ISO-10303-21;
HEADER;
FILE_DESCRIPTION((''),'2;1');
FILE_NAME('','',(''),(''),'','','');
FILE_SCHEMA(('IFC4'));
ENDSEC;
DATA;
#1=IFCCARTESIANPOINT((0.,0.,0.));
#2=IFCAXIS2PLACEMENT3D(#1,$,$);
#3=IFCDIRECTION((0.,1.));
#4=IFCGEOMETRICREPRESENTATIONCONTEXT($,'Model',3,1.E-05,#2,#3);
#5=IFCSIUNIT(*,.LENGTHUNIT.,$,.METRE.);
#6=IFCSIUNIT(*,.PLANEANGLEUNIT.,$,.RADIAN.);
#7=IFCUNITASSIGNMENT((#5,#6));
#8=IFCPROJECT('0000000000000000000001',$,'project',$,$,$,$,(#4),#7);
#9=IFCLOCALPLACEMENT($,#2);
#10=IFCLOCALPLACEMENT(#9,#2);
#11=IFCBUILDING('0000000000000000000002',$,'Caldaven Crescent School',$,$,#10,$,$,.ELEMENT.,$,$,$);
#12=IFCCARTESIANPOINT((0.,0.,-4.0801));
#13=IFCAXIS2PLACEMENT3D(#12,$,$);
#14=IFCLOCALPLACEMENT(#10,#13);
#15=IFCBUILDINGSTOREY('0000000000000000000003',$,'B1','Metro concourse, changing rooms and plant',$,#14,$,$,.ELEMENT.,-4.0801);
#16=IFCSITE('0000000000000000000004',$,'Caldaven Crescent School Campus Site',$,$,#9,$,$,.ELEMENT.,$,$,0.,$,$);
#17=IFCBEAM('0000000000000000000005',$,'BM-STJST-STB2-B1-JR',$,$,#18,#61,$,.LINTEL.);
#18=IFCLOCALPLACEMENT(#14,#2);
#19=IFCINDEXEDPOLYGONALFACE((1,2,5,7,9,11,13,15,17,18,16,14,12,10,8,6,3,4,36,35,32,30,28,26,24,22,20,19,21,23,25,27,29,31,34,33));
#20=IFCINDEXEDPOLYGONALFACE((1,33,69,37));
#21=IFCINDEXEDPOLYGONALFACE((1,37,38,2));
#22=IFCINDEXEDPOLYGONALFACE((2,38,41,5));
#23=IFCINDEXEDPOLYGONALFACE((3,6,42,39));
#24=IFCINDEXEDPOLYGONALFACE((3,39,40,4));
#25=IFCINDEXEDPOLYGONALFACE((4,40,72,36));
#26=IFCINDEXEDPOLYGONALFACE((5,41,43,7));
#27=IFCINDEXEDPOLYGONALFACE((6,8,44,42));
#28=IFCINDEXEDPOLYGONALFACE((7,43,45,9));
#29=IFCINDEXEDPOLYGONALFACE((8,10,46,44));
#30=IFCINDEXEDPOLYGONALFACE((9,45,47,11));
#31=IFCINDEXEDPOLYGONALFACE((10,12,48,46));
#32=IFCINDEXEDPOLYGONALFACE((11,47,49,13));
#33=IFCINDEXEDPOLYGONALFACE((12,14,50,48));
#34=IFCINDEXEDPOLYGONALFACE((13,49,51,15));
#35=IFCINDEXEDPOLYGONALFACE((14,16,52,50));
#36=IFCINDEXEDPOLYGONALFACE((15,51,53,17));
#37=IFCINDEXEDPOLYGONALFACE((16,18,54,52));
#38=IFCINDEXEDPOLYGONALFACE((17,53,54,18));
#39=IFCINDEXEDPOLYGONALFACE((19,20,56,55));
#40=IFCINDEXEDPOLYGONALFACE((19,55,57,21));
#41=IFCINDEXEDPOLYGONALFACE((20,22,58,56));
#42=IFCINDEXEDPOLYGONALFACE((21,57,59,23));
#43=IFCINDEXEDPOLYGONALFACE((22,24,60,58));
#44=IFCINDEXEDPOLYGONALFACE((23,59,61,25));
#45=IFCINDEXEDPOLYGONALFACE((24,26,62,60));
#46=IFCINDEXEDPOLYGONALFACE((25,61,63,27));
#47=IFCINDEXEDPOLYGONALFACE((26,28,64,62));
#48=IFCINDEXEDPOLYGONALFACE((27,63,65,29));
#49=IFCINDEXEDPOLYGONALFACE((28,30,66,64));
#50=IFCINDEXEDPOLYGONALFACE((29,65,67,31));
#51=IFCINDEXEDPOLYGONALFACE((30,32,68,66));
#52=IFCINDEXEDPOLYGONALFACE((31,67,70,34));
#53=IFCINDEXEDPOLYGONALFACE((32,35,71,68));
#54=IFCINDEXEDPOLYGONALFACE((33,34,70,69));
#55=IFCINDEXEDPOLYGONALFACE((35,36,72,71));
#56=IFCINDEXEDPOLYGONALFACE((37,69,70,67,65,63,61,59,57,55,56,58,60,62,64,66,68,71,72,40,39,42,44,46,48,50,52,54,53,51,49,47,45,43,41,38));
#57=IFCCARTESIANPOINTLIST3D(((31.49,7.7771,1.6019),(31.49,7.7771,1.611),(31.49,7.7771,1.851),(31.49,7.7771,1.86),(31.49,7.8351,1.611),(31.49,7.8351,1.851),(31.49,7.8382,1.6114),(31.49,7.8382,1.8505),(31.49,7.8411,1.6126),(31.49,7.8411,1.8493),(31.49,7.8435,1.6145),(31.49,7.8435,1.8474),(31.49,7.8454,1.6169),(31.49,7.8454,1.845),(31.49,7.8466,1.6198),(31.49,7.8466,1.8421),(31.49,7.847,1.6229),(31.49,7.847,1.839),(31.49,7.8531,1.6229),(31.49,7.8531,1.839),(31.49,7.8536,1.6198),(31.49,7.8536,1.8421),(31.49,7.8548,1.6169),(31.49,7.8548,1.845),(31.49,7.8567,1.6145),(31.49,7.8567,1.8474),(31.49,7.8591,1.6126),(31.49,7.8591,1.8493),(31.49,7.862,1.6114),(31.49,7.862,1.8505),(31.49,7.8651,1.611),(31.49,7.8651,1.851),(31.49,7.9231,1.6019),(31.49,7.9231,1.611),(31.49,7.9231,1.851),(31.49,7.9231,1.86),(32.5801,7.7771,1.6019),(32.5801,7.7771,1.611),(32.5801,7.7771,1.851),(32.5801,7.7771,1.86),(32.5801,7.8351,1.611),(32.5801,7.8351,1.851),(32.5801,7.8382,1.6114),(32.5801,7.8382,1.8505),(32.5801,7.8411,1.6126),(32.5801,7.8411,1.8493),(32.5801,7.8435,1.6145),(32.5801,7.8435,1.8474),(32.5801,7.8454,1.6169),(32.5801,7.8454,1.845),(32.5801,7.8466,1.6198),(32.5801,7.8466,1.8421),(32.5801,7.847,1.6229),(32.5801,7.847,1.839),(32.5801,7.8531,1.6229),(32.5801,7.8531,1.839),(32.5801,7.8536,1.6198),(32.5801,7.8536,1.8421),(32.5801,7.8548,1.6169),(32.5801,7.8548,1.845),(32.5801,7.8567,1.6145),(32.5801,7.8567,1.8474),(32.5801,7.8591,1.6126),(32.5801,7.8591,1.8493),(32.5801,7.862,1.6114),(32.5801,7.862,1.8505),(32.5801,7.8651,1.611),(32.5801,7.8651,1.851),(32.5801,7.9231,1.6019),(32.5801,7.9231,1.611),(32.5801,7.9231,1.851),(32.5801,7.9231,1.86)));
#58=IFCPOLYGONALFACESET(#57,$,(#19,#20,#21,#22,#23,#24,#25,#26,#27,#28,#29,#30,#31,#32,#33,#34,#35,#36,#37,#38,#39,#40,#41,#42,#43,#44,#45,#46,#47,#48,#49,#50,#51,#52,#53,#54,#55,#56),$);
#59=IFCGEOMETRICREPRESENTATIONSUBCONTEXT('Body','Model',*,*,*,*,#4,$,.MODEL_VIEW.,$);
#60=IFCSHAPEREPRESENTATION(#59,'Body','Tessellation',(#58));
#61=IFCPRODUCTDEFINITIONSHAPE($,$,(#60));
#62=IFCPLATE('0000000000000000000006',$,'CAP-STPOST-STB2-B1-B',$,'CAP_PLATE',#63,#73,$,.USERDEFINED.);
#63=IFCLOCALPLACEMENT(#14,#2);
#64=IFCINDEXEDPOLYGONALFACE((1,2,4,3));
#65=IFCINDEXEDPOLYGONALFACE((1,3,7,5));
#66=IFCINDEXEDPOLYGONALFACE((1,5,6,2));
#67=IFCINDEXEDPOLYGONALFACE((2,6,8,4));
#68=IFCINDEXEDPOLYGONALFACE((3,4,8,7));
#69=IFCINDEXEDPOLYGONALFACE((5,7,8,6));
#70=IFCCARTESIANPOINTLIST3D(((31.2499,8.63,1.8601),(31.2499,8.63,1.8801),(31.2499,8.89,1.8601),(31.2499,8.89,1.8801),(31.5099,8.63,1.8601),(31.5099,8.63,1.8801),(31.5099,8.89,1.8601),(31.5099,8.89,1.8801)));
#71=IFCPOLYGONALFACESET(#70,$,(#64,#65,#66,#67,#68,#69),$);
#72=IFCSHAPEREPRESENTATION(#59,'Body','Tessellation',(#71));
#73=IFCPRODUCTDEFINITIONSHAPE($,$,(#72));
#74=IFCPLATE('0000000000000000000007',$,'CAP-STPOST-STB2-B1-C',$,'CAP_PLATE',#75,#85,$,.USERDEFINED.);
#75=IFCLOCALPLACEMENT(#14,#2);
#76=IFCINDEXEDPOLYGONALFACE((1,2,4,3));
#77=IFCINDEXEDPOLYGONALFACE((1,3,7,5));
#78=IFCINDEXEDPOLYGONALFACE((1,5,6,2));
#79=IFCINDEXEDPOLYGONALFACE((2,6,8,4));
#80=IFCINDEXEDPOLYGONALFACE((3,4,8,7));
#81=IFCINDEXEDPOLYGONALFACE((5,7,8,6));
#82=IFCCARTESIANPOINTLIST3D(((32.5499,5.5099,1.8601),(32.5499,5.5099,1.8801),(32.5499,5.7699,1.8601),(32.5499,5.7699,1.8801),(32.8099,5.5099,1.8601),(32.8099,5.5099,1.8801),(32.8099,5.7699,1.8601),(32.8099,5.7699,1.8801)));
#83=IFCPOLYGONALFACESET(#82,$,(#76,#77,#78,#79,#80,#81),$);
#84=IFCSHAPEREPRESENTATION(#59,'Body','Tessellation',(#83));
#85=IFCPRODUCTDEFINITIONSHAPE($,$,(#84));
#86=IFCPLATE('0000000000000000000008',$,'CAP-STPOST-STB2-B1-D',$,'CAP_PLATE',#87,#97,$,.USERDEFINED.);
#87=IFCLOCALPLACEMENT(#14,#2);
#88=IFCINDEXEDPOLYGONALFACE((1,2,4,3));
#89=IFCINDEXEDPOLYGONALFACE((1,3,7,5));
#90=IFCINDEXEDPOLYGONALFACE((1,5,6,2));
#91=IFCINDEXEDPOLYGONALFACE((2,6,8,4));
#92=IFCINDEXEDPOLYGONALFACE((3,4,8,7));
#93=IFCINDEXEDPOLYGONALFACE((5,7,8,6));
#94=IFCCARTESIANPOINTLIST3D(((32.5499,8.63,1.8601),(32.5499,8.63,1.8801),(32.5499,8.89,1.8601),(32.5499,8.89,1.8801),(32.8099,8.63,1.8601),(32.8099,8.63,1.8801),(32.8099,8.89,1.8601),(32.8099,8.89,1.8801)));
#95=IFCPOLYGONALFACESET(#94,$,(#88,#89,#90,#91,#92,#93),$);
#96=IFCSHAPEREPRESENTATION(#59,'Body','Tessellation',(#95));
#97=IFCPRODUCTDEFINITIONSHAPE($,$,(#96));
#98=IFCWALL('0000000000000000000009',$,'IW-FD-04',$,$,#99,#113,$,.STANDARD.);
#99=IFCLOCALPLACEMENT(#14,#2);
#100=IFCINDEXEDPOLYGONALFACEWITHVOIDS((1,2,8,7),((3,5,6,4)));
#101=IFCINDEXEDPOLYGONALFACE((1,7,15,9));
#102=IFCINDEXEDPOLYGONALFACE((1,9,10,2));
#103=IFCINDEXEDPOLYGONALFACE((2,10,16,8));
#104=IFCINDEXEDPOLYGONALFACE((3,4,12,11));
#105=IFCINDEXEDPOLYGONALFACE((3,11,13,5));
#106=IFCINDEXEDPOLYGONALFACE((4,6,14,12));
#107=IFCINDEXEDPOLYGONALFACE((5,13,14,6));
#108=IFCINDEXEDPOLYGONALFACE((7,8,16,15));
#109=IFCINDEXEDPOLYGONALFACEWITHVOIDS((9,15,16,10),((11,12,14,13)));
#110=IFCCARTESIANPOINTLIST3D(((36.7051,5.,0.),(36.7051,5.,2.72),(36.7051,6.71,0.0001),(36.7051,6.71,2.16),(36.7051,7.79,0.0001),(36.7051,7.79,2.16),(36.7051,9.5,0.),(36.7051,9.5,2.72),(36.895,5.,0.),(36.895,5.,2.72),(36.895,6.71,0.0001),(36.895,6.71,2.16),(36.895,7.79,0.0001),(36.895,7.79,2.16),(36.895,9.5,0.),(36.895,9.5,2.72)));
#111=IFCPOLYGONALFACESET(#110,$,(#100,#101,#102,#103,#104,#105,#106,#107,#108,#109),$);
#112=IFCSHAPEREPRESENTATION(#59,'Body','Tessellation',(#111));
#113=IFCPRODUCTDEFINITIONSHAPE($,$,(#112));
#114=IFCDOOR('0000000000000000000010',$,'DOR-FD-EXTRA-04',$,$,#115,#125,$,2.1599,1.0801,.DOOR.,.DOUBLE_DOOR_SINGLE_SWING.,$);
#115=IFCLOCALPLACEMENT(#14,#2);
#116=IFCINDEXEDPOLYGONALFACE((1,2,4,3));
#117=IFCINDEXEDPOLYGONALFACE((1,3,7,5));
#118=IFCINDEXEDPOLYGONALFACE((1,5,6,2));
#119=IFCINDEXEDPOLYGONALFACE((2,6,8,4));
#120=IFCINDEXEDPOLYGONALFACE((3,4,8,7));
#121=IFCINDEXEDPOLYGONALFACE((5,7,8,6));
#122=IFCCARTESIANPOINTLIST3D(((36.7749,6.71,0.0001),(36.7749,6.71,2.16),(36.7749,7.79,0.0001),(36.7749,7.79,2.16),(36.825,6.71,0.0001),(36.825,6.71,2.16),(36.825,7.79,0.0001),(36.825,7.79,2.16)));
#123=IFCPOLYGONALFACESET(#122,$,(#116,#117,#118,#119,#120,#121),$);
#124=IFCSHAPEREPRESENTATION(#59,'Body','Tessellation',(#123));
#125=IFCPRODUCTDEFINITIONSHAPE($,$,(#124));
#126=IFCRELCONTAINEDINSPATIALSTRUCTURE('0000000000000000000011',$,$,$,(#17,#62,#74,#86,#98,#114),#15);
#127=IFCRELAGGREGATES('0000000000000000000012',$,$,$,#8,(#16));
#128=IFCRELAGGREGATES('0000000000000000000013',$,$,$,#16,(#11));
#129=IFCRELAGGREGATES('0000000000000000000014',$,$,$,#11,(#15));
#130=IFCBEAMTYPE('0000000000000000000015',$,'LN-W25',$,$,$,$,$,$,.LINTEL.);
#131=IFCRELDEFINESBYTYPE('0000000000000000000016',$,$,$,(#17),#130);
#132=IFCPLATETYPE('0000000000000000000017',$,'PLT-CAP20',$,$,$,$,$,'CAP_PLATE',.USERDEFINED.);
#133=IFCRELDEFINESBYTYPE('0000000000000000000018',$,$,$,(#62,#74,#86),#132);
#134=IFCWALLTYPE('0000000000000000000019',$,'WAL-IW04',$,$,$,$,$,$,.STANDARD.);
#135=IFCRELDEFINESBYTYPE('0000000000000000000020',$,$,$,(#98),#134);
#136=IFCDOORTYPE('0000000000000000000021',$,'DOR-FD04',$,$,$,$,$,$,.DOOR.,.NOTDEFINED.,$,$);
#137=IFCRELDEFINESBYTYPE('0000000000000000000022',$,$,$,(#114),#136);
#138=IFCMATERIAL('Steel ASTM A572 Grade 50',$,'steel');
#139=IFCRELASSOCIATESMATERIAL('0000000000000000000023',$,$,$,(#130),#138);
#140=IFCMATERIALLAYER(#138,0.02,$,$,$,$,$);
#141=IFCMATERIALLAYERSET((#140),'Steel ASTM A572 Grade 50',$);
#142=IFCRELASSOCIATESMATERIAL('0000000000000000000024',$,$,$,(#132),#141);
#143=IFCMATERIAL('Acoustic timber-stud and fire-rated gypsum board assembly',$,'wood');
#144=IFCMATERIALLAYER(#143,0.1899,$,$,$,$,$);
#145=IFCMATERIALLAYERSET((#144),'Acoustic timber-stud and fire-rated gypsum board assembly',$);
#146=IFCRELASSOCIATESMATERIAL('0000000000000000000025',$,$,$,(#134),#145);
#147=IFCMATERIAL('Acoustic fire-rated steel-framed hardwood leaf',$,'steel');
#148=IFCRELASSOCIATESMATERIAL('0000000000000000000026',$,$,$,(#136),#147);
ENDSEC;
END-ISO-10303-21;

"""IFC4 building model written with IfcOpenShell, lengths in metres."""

from ifc_helpers import new_model, si_unit, direction, frame, frame_2d, origin, origin_2d, place, context, subcontext, project, spatial, rectangle, i_section, extrude, material, layer, layer_set, material_profile, profile_set, type_object, element, fill, save


model = new_model("IFC4")

# Units and contexts
model_context = context("Model", 3, precision=1e-05, world=origin(), true_north=direction((0.0, 1.0)))
body_context = subcontext(model_context, "Body", "Model", "MODEL_VIEW")
ifc_project = project(units=[si_unit("LENGTHUNIT", "METRE"), si_unit("PLANEANGLEUNIT", "RADIAN")], contexts=[model_context])

# Site, building, storey
site_placement = place(None, origin())
site = spatial("IfcSite", under=ifc_project, at=site_placement, Name="Caldaven Crescent School Campus Site", CompositionType="ELEMENT", RefElevation=0.0)
building_placement = place(site_placement, origin())
building = spatial("IfcBuilding", under=site, at=building_placement, Name="Caldaven Crescent School", CompositionType="ELEMENT")
storey_placement = place(building_placement, frame((0.0, 0.0, -4.0801)))
storey = spatial("IfcBuildingStorey", under=building, at=storey_placement, Name="B1", Description="Metro concourse, changing rooms and plant", CompositionType="ELEMENT", Elevation=-4.0801)

# Shared definitions
ifc_material_1 = material(Name="Steel ASTM A572 Grade 50", Category="steel")

# Beam
ifc_material_profile_1 = material_profile(ifc_material_1, i_section(OverallWidth=0.146, OverallDepth=0.2581, WebThickness=0.0061, FlangeThickness=0.009, FilletRadius=0.012, at=origin_2d()), Name="W250x33")
ifc_profile_set_1 = profile_set([ifc_material_profile_1], Name="Steel ASTM A572 Grade 50")
beam_type_1 = type_object("IfcBeamType", Name="LN-W25", PredefinedType="LINTEL", material=ifc_profile_set_1)
for number, where, z_axis, x_axis, name in (
    (1, (31.49, 7.8501, 1.731), (1.0, 0.0, 0.0), (0.0, 1.0, 0.0), "BM-STJST-STB2-B1-JR"),
):
    element("IfcBeam", number, at=place(storey_placement, frame(where, z_axis=z_axis, x_axis=x_axis)), inside=storey, type_object=beam_type_1, Name=name, PredefinedType="LINTEL", context=body_context, shape_type="SweptSolid", body=[
        extrude(i_section(OverallWidth=0.146, OverallDepth=0.2581, WebThickness=0.0061, FlangeThickness=0.009, FilletRadius=0.012, at=origin_2d()), origin(), (0.0, 0.0, 1.0), 1.0901),
    ])

# Plates
ifc_layer_1 = layer(ifc_material_1, 0.02)
ifc_layer_set_1 = layer_set([ifc_layer_1], Name="Steel ASTM A572 Grade 50")
plate_type = type_object("IfcPlateType", Name="PLT-CAP20", ElementType="CAP_PLATE", PredefinedType="USERDEFINED", material=ifc_layer_set_1)
for number, where, z_axis, x_axis, name in (
    (2, (31.3799, 8.76, 1.8601), (0.0, 0.0, 1.0), (1.0, 0.0, 0.0), "CAP-STPOST-STB2-B1-B"),
    (3, (32.6799, 5.6399, 1.8601), (0.0, 0.0, 1.0), (1.0, 0.0, 0.0), "CAP-STPOST-STB2-B1-C"),
    (4, (32.6799, 8.76, 1.8601), (0.0, 0.0, 1.0), (1.0, 0.0, 0.0), "CAP-STPOST-STB2-B1-D"),
):
    element("IfcPlate", number, at=place(storey_placement, frame(where, z_axis=z_axis, x_axis=x_axis)), inside=storey, type_object=plate_type, Name=name, ObjectType="CAP_PLATE", PredefinedType="USERDEFINED", context=body_context, shape_type="SweptSolid", body=[
        extrude(rectangle(XDim=0.26, YDim=0.26, at=origin_2d()), origin(), (0.0, 0.0, 1.0), 0.02),
    ])

# Wall, opening, door
ifc_material_2 = material(Name="Acoustic timber-stud and fire-rated gypsum board assembly", Category="wood")
ifc_layer_2 = layer(ifc_material_2, 0.1899)
ifc_layer_set_2 = layer_set([ifc_layer_2], Name="Acoustic timber-stud and fire-rated gypsum board assembly")
wall_type = type_object("IfcWallType", Name="WAL-IW04", PredefinedType="STANDARD", material=ifc_layer_set_2)
wall_placement = place(storey_placement, frame((36.8, 5.0, 0.0), z_axis=(0.0, 0.0, 1.0), x_axis=(0.0, 1.0, 0.0)))
wall = element("IfcWall", 5, at=wall_placement, inside=storey, type_object=wall_type, Name="IW-FD-04", PredefinedType="STANDARD", context=body_context, shape_type="SweptSolid", body=[
    extrude(rectangle(XDim=4.5, YDim=0.1899, at=frame_2d((2.25, 0.0))), origin(), (0.0, 0.0, 1.0), 2.72),
])
opening_placement = place(wall_placement, frame((1.71, 0.0, 0.0)))
opening = element("IfcOpeningElement", 6, at=opening_placement, cuts=wall, PredefinedType="OPENING", context=body_context, shape_type="SweptSolid", body=[
    extrude(rectangle(XDim=1.0801, YDim=2.1599, at=frame_2d((0.54, 1.0801))), frame((0.0, 0.105, 0.0), z_axis=(0.0, -1.0, 0.0), x_axis=(1.0, 0.0, 0.0)), (0.0, 0.0, 1.0), 0.21),
])
ifc_material_3 = material(Name="Acoustic fire-rated steel-framed hardwood leaf", Category="steel")
door_type = type_object("IfcDoorType", Name="DOR-FD04", OperationType="NOTDEFINED", PredefinedType="DOOR", material=ifc_material_3)
door_placement = place(opening_placement, frame((1.0801, 0.0, 0.0), z_axis=(0.0, 0.0, 1.0), x_axis=(-1.0, 0.0, 0.0)))
door = element("IfcDoor", 7, at=door_placement, inside=storey, type_object=door_type, Name="DOR-FD-EXTRA-04", OperationType="DOUBLE_DOOR_SINGLE_SWING", OverallHeight=2.1599, OverallWidth=1.0801, PredefinedType="DOOR", context=body_context, shape_type="SweptSolid", body=[
    extrude(rectangle(XDim=1.0801, YDim=2.1599, at=frame_2d((0.54, 1.0801))), frame((0.0, 0.0249, 0.0), z_axis=(0.0, -1.0, 0.0), x_axis=(1.0, 0.0, 0.0)), (0.0, 0.0, 1.0), 0.05),
])
fill(opening, door)

save(model, "model.ifc")
